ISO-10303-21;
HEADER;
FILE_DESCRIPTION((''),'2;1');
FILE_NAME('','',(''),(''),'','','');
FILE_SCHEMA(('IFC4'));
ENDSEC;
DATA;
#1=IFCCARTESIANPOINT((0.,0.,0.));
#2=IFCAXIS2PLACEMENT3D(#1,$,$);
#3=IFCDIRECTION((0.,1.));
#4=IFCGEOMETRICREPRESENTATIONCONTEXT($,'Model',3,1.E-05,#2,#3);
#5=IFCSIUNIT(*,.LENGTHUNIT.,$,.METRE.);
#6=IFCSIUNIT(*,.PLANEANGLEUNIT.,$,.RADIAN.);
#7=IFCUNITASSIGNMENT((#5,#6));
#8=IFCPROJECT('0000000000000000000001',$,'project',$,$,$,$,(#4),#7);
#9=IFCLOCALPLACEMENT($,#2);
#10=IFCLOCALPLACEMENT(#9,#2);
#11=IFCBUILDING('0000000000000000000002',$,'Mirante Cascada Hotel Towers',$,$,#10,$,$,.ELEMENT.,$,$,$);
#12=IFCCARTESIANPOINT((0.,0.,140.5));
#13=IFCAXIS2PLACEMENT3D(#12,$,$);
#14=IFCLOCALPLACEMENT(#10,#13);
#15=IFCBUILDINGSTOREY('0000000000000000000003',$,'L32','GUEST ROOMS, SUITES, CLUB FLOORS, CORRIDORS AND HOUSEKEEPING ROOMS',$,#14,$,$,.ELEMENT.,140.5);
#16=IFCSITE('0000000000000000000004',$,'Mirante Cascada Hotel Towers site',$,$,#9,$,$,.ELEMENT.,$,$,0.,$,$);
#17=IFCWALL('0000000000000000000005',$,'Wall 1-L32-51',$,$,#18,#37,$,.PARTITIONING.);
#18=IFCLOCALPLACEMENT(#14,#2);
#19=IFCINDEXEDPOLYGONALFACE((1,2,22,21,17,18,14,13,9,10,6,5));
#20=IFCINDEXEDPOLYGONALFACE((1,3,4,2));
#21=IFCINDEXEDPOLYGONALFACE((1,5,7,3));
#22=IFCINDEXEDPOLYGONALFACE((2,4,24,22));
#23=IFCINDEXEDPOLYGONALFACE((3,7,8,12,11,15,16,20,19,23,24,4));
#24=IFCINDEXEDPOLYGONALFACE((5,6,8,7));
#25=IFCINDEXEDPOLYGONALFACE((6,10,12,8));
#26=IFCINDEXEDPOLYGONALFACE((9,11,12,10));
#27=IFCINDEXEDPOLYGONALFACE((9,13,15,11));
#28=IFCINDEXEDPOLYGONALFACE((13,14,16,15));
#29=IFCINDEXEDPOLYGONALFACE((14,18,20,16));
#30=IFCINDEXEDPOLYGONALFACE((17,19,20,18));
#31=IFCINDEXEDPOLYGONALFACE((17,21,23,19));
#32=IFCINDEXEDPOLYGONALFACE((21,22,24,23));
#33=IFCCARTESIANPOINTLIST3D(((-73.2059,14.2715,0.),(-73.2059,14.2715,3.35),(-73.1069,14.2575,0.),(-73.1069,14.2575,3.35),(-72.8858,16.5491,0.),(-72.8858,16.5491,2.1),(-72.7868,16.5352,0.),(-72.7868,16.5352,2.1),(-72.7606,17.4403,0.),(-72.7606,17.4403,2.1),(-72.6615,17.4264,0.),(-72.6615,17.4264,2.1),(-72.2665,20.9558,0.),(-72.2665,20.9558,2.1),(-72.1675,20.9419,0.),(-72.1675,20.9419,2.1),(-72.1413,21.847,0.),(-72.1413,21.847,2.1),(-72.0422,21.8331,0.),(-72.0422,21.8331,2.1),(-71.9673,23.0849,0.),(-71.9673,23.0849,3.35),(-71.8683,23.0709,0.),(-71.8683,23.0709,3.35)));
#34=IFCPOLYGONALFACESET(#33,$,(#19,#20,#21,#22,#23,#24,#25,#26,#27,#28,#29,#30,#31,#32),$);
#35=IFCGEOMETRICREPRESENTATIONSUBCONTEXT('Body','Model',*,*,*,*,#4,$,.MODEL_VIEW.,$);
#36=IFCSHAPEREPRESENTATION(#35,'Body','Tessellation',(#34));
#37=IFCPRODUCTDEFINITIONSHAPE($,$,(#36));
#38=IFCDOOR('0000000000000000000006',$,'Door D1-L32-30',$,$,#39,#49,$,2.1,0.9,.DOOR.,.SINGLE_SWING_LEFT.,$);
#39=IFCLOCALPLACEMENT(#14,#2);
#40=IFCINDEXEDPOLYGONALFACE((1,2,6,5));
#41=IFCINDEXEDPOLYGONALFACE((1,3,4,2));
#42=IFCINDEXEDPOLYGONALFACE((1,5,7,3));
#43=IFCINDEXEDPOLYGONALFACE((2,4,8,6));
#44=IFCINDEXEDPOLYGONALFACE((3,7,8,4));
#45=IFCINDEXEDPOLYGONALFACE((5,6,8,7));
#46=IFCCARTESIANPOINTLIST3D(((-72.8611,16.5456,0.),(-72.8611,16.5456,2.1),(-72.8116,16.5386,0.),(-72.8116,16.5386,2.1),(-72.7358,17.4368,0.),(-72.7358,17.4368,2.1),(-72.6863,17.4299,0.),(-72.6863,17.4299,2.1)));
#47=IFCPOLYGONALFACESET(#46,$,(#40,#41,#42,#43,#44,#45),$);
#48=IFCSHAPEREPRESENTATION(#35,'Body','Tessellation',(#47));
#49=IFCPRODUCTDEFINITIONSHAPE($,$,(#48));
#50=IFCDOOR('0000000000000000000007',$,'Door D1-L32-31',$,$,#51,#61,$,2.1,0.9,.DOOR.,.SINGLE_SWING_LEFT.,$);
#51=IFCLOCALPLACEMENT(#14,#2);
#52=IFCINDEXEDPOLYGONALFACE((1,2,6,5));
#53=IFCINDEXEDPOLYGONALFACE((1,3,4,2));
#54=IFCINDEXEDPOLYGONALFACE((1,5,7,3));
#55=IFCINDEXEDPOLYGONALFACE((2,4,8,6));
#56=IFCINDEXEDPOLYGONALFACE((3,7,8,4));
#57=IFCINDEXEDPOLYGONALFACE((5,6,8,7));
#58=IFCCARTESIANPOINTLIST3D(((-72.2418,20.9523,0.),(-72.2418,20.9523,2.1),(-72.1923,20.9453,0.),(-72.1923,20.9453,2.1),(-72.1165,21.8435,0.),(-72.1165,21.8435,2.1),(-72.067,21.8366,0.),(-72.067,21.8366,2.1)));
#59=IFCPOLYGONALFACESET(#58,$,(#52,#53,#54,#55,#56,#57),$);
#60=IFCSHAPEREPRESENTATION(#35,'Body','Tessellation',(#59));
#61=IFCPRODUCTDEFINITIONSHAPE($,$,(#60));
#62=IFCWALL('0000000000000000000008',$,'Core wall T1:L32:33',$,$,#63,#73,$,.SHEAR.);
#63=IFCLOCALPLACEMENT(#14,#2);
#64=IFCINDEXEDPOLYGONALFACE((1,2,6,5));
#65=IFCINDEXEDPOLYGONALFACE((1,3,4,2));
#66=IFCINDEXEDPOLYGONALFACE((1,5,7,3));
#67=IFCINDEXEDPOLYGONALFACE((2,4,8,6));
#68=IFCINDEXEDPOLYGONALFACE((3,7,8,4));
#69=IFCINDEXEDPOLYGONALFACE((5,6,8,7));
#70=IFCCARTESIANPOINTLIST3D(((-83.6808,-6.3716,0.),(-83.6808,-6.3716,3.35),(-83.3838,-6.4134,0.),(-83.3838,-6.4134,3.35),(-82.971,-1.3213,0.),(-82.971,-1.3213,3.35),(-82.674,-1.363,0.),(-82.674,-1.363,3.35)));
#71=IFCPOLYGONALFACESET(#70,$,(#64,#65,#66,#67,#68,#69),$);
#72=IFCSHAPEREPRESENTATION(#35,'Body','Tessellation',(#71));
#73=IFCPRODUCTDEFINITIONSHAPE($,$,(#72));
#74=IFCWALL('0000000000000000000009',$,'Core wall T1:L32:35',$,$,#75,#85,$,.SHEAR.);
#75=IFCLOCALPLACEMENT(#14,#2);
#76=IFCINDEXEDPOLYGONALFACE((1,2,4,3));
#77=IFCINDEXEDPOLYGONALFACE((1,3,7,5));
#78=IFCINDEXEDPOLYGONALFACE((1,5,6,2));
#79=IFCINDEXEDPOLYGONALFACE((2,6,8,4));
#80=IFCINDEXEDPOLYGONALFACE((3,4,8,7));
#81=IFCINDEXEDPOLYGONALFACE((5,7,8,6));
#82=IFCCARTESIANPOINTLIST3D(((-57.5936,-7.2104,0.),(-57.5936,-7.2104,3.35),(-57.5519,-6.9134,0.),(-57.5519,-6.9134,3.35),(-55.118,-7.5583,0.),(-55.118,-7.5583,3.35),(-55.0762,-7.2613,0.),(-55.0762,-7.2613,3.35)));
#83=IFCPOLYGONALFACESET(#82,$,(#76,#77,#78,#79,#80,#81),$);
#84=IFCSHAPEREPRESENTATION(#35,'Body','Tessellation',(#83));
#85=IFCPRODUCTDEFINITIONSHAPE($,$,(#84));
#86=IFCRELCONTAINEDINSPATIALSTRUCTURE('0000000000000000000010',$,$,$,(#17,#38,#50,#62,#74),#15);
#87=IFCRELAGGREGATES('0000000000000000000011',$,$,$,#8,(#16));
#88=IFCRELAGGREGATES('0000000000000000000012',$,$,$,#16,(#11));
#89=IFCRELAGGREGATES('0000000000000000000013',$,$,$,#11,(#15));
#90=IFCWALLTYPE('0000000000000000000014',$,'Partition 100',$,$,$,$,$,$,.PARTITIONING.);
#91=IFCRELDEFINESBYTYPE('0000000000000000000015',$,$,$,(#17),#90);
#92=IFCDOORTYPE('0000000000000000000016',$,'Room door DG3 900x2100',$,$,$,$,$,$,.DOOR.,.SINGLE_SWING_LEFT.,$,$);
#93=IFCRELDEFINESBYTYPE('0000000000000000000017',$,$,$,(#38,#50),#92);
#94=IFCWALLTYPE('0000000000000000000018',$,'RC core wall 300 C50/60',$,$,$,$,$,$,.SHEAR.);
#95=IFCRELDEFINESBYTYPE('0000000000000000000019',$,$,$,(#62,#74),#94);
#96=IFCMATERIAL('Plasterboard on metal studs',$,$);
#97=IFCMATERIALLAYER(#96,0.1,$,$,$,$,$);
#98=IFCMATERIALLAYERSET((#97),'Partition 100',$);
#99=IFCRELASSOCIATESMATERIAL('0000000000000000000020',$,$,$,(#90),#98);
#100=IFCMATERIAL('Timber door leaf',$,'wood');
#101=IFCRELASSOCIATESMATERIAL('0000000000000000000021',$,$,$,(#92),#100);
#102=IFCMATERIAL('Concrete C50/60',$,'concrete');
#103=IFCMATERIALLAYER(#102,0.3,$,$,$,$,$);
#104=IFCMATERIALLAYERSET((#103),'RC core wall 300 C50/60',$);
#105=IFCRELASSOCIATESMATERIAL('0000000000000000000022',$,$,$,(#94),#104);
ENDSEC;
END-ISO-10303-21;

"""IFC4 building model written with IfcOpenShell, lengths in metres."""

from ifc_helpers import new_model, si_unit, direction, frame, frame_2d, origin, place, context, subcontext, project, spatial, rectangle, extrude, material, layer, layer_set, type_object, element, fill, save


model = new_model("IFC4")

# Units and contexts
model_context = context("Model", 3, precision=1e-05, world=origin(), true_north=direction((0.0, 1.0)))
body_context = subcontext(model_context, "Body", "Model", "MODEL_VIEW")
ifc_project = project(units=[si_unit("LENGTHUNIT", "METRE"), si_unit("PLANEANGLEUNIT", "RADIAN")], contexts=[model_context])

# Site, building, storey
site_placement = place(None, origin())
site = spatial("IfcSite", under=ifc_project, at=site_placement, Name="Mirante Cascada Hotel Towers site", CompositionType="ELEMENT", RefElevation=0.0)
building_placement = place(site_placement, origin())
building = spatial("IfcBuilding", under=site, at=building_placement, Name="Mirante Cascada Hotel Towers", CompositionType="ELEMENT")
storey_placement = place(building_placement, frame((0.0, 0.0, 140.5)))
storey = spatial("IfcBuildingStorey", under=building, at=storey_placement, Name="L32", Description="GUEST ROOMS, SUITES, CLUB FLOORS, CORRIDORS AND HOUSEKEEPING ROOMS", CompositionType="ELEMENT", Elevation=140.5)

# Shared definitions
ifc_material_1 = material(Name="Plasterboard on metal studs")
ifc_layer_1 = layer(ifc_material_1, 0.1)
ifc_layer_set_1 = layer_set([ifc_layer_1], Name="Partition 100")
wall_type_1 = type_object("IfcWallType", Name="Partition 100", PredefinedType="PARTITIONING", material=ifc_layer_set_1)
ifc_material_2 = material(Name="Timber door leaf", Category="wood")
door_type = type_object("IfcDoorType", Name="Room door DG3 900x2100", OperationType="SINGLE_SWING_LEFT", PredefinedType="DOOR", material=ifc_material_2)

# Wall, openings, doors
wall_1_placement = place(storey_placement, frame((-73.1564, 14.2645, 0.0), z_axis=(0.0, 0.0, 1.0), x_axis=(0.139168, 0.990269, 0.0)))
wall_1 = element("IfcWall", 1, at=wall_1_placement, inside=storey, type_object=wall_type_1, Name="Wall 1-L32-51", PredefinedType="PARTITIONING", context=body_context, shape_type="SweptSolid", body=[
    extrude(rectangle(XDim=8.9, YDim=0.1, at=frame_2d((4.45, 0.0))), origin(), (0.0, 0.0, 1.0), 3.35),
])
opening_1_placement = place(wall_1_placement, frame((2.3, 0.0, 0.0)))
opening_1 = element("IfcOpeningElement", 2, at=opening_1_placement, cuts=wall_1, PredefinedType="OPENING", context=body_context, shape_type="SweptSolid", body=[
    extrude(rectangle(XDim=0.9, YDim=2.1, at=frame_2d((0.45, 1.05))), frame((0.0, 0.05, 0.0), z_axis=(0.0, -1.0, 0.0), x_axis=(1.0, 0.0, 0.0)), (0.0, 0.0, 1.0), 0.1),
])
opening_2_placement = place(wall_1_placement, frame((6.75, 0.0, 0.0)))
opening_2 = element("IfcOpeningElement", 3, at=opening_2_placement, cuts=wall_1, PredefinedType="OPENING", context=body_context, shape_type="SweptSolid", body=[
    extrude(rectangle(XDim=0.9, YDim=2.1, at=frame_2d((0.45, 1.05))), frame((0.0, 0.05, 0.0), z_axis=(0.0, -1.0, 0.0), x_axis=(1.0, 0.0, 0.0)), (0.0, 0.0, 1.0), 0.1),
])
door_1_placement = place(opening_1_placement, origin())
door_1 = element("IfcDoor", 4, at=door_1_placement, inside=storey, type_object=door_type, Name="Door D1-L32-30", OperationType="SINGLE_SWING_LEFT", OverallHeight=2.1, OverallWidth=0.9, PredefinedType="DOOR", context=body_context, shape_type="SweptSolid", body=[
    extrude(rectangle(XDim=0.9, YDim=2.1, at=frame_2d((0.45, 1.05))), frame((0.0, 0.025, 0.0), z_axis=(0.0, -1.0, 0.0), x_axis=(1.0, 0.0, 0.0)), (0.0, 0.0, 1.0), 0.05),
])
fill(opening_1, door_1)
door_2_placement = place(opening_2_placement, origin())
door_2 = element("IfcDoor", 5, at=door_2_placement, inside=storey, type_object=door_type, Name="Door D1-L32-31", OperationType="SINGLE_SWING_LEFT", OverallHeight=2.1, OverallWidth=0.9, PredefinedType="DOOR", context=body_context, shape_type="SweptSolid", body=[
    extrude(rectangle(XDim=0.9, YDim=2.1, at=frame_2d((0.45, 1.05))), frame((0.0, 0.025, 0.0), z_axis=(0.0, -1.0, 0.0), x_axis=(1.0, 0.0, 0.0)), (0.0, 0.0, 1.0), 0.05),
])
fill(opening_2, door_2)

# Walls
ifc_material_3 = material(Name="Concrete C50/60", Category="concrete")
ifc_layer_2 = layer(ifc_material_3, 0.3)
ifc_layer_set_2 = layer_set([ifc_layer_2], Name="RC core wall 300 C50/60")
wall_type_2 = type_object("IfcWallType", Name="RC core wall 300 C50/60", PredefinedType="SHEAR", material=ifc_layer_set_2)
wall_2_placement = place(storey_placement, frame((-83.5323, -6.3925, 0.0), z_axis=(0.0, 0.0, 1.0), x_axis=(0.139176, 0.990268, 0.0)))
element("IfcWall", 6, at=wall_2_placement, inside=storey, type_object=wall_type_2, Name="Core wall T1:L32:33", PredefinedType="SHEAR", context=body_context, shape_type="SweptSolid", body=[
    extrude(rectangle(XDim=5.1, YDim=0.3, at=frame_2d((2.55, 0.0))), origin(), (0.0, 0.0, 1.0), 3.35),
])
wall_3_placement = place(storey_placement, frame((-55.0971, -7.4098, 0.0), z_axis=(0.0, 0.0, 1.0), x_axis=(-0.99027, 0.139159, 0.0)))
element("IfcWall", 7, at=wall_3_placement, inside=storey, type_object=wall_type_2, Name="Core wall T1:L32:35", PredefinedType="SHEAR", context=body_context, shape_type="SweptSolid", body=[
    extrude(rectangle(XDim=2.5, YDim=0.3, at=frame_2d((1.25, 0.0))), origin(), (0.0, 0.0, 1.0), 3.35),
])

save(model, "model.ifc")
